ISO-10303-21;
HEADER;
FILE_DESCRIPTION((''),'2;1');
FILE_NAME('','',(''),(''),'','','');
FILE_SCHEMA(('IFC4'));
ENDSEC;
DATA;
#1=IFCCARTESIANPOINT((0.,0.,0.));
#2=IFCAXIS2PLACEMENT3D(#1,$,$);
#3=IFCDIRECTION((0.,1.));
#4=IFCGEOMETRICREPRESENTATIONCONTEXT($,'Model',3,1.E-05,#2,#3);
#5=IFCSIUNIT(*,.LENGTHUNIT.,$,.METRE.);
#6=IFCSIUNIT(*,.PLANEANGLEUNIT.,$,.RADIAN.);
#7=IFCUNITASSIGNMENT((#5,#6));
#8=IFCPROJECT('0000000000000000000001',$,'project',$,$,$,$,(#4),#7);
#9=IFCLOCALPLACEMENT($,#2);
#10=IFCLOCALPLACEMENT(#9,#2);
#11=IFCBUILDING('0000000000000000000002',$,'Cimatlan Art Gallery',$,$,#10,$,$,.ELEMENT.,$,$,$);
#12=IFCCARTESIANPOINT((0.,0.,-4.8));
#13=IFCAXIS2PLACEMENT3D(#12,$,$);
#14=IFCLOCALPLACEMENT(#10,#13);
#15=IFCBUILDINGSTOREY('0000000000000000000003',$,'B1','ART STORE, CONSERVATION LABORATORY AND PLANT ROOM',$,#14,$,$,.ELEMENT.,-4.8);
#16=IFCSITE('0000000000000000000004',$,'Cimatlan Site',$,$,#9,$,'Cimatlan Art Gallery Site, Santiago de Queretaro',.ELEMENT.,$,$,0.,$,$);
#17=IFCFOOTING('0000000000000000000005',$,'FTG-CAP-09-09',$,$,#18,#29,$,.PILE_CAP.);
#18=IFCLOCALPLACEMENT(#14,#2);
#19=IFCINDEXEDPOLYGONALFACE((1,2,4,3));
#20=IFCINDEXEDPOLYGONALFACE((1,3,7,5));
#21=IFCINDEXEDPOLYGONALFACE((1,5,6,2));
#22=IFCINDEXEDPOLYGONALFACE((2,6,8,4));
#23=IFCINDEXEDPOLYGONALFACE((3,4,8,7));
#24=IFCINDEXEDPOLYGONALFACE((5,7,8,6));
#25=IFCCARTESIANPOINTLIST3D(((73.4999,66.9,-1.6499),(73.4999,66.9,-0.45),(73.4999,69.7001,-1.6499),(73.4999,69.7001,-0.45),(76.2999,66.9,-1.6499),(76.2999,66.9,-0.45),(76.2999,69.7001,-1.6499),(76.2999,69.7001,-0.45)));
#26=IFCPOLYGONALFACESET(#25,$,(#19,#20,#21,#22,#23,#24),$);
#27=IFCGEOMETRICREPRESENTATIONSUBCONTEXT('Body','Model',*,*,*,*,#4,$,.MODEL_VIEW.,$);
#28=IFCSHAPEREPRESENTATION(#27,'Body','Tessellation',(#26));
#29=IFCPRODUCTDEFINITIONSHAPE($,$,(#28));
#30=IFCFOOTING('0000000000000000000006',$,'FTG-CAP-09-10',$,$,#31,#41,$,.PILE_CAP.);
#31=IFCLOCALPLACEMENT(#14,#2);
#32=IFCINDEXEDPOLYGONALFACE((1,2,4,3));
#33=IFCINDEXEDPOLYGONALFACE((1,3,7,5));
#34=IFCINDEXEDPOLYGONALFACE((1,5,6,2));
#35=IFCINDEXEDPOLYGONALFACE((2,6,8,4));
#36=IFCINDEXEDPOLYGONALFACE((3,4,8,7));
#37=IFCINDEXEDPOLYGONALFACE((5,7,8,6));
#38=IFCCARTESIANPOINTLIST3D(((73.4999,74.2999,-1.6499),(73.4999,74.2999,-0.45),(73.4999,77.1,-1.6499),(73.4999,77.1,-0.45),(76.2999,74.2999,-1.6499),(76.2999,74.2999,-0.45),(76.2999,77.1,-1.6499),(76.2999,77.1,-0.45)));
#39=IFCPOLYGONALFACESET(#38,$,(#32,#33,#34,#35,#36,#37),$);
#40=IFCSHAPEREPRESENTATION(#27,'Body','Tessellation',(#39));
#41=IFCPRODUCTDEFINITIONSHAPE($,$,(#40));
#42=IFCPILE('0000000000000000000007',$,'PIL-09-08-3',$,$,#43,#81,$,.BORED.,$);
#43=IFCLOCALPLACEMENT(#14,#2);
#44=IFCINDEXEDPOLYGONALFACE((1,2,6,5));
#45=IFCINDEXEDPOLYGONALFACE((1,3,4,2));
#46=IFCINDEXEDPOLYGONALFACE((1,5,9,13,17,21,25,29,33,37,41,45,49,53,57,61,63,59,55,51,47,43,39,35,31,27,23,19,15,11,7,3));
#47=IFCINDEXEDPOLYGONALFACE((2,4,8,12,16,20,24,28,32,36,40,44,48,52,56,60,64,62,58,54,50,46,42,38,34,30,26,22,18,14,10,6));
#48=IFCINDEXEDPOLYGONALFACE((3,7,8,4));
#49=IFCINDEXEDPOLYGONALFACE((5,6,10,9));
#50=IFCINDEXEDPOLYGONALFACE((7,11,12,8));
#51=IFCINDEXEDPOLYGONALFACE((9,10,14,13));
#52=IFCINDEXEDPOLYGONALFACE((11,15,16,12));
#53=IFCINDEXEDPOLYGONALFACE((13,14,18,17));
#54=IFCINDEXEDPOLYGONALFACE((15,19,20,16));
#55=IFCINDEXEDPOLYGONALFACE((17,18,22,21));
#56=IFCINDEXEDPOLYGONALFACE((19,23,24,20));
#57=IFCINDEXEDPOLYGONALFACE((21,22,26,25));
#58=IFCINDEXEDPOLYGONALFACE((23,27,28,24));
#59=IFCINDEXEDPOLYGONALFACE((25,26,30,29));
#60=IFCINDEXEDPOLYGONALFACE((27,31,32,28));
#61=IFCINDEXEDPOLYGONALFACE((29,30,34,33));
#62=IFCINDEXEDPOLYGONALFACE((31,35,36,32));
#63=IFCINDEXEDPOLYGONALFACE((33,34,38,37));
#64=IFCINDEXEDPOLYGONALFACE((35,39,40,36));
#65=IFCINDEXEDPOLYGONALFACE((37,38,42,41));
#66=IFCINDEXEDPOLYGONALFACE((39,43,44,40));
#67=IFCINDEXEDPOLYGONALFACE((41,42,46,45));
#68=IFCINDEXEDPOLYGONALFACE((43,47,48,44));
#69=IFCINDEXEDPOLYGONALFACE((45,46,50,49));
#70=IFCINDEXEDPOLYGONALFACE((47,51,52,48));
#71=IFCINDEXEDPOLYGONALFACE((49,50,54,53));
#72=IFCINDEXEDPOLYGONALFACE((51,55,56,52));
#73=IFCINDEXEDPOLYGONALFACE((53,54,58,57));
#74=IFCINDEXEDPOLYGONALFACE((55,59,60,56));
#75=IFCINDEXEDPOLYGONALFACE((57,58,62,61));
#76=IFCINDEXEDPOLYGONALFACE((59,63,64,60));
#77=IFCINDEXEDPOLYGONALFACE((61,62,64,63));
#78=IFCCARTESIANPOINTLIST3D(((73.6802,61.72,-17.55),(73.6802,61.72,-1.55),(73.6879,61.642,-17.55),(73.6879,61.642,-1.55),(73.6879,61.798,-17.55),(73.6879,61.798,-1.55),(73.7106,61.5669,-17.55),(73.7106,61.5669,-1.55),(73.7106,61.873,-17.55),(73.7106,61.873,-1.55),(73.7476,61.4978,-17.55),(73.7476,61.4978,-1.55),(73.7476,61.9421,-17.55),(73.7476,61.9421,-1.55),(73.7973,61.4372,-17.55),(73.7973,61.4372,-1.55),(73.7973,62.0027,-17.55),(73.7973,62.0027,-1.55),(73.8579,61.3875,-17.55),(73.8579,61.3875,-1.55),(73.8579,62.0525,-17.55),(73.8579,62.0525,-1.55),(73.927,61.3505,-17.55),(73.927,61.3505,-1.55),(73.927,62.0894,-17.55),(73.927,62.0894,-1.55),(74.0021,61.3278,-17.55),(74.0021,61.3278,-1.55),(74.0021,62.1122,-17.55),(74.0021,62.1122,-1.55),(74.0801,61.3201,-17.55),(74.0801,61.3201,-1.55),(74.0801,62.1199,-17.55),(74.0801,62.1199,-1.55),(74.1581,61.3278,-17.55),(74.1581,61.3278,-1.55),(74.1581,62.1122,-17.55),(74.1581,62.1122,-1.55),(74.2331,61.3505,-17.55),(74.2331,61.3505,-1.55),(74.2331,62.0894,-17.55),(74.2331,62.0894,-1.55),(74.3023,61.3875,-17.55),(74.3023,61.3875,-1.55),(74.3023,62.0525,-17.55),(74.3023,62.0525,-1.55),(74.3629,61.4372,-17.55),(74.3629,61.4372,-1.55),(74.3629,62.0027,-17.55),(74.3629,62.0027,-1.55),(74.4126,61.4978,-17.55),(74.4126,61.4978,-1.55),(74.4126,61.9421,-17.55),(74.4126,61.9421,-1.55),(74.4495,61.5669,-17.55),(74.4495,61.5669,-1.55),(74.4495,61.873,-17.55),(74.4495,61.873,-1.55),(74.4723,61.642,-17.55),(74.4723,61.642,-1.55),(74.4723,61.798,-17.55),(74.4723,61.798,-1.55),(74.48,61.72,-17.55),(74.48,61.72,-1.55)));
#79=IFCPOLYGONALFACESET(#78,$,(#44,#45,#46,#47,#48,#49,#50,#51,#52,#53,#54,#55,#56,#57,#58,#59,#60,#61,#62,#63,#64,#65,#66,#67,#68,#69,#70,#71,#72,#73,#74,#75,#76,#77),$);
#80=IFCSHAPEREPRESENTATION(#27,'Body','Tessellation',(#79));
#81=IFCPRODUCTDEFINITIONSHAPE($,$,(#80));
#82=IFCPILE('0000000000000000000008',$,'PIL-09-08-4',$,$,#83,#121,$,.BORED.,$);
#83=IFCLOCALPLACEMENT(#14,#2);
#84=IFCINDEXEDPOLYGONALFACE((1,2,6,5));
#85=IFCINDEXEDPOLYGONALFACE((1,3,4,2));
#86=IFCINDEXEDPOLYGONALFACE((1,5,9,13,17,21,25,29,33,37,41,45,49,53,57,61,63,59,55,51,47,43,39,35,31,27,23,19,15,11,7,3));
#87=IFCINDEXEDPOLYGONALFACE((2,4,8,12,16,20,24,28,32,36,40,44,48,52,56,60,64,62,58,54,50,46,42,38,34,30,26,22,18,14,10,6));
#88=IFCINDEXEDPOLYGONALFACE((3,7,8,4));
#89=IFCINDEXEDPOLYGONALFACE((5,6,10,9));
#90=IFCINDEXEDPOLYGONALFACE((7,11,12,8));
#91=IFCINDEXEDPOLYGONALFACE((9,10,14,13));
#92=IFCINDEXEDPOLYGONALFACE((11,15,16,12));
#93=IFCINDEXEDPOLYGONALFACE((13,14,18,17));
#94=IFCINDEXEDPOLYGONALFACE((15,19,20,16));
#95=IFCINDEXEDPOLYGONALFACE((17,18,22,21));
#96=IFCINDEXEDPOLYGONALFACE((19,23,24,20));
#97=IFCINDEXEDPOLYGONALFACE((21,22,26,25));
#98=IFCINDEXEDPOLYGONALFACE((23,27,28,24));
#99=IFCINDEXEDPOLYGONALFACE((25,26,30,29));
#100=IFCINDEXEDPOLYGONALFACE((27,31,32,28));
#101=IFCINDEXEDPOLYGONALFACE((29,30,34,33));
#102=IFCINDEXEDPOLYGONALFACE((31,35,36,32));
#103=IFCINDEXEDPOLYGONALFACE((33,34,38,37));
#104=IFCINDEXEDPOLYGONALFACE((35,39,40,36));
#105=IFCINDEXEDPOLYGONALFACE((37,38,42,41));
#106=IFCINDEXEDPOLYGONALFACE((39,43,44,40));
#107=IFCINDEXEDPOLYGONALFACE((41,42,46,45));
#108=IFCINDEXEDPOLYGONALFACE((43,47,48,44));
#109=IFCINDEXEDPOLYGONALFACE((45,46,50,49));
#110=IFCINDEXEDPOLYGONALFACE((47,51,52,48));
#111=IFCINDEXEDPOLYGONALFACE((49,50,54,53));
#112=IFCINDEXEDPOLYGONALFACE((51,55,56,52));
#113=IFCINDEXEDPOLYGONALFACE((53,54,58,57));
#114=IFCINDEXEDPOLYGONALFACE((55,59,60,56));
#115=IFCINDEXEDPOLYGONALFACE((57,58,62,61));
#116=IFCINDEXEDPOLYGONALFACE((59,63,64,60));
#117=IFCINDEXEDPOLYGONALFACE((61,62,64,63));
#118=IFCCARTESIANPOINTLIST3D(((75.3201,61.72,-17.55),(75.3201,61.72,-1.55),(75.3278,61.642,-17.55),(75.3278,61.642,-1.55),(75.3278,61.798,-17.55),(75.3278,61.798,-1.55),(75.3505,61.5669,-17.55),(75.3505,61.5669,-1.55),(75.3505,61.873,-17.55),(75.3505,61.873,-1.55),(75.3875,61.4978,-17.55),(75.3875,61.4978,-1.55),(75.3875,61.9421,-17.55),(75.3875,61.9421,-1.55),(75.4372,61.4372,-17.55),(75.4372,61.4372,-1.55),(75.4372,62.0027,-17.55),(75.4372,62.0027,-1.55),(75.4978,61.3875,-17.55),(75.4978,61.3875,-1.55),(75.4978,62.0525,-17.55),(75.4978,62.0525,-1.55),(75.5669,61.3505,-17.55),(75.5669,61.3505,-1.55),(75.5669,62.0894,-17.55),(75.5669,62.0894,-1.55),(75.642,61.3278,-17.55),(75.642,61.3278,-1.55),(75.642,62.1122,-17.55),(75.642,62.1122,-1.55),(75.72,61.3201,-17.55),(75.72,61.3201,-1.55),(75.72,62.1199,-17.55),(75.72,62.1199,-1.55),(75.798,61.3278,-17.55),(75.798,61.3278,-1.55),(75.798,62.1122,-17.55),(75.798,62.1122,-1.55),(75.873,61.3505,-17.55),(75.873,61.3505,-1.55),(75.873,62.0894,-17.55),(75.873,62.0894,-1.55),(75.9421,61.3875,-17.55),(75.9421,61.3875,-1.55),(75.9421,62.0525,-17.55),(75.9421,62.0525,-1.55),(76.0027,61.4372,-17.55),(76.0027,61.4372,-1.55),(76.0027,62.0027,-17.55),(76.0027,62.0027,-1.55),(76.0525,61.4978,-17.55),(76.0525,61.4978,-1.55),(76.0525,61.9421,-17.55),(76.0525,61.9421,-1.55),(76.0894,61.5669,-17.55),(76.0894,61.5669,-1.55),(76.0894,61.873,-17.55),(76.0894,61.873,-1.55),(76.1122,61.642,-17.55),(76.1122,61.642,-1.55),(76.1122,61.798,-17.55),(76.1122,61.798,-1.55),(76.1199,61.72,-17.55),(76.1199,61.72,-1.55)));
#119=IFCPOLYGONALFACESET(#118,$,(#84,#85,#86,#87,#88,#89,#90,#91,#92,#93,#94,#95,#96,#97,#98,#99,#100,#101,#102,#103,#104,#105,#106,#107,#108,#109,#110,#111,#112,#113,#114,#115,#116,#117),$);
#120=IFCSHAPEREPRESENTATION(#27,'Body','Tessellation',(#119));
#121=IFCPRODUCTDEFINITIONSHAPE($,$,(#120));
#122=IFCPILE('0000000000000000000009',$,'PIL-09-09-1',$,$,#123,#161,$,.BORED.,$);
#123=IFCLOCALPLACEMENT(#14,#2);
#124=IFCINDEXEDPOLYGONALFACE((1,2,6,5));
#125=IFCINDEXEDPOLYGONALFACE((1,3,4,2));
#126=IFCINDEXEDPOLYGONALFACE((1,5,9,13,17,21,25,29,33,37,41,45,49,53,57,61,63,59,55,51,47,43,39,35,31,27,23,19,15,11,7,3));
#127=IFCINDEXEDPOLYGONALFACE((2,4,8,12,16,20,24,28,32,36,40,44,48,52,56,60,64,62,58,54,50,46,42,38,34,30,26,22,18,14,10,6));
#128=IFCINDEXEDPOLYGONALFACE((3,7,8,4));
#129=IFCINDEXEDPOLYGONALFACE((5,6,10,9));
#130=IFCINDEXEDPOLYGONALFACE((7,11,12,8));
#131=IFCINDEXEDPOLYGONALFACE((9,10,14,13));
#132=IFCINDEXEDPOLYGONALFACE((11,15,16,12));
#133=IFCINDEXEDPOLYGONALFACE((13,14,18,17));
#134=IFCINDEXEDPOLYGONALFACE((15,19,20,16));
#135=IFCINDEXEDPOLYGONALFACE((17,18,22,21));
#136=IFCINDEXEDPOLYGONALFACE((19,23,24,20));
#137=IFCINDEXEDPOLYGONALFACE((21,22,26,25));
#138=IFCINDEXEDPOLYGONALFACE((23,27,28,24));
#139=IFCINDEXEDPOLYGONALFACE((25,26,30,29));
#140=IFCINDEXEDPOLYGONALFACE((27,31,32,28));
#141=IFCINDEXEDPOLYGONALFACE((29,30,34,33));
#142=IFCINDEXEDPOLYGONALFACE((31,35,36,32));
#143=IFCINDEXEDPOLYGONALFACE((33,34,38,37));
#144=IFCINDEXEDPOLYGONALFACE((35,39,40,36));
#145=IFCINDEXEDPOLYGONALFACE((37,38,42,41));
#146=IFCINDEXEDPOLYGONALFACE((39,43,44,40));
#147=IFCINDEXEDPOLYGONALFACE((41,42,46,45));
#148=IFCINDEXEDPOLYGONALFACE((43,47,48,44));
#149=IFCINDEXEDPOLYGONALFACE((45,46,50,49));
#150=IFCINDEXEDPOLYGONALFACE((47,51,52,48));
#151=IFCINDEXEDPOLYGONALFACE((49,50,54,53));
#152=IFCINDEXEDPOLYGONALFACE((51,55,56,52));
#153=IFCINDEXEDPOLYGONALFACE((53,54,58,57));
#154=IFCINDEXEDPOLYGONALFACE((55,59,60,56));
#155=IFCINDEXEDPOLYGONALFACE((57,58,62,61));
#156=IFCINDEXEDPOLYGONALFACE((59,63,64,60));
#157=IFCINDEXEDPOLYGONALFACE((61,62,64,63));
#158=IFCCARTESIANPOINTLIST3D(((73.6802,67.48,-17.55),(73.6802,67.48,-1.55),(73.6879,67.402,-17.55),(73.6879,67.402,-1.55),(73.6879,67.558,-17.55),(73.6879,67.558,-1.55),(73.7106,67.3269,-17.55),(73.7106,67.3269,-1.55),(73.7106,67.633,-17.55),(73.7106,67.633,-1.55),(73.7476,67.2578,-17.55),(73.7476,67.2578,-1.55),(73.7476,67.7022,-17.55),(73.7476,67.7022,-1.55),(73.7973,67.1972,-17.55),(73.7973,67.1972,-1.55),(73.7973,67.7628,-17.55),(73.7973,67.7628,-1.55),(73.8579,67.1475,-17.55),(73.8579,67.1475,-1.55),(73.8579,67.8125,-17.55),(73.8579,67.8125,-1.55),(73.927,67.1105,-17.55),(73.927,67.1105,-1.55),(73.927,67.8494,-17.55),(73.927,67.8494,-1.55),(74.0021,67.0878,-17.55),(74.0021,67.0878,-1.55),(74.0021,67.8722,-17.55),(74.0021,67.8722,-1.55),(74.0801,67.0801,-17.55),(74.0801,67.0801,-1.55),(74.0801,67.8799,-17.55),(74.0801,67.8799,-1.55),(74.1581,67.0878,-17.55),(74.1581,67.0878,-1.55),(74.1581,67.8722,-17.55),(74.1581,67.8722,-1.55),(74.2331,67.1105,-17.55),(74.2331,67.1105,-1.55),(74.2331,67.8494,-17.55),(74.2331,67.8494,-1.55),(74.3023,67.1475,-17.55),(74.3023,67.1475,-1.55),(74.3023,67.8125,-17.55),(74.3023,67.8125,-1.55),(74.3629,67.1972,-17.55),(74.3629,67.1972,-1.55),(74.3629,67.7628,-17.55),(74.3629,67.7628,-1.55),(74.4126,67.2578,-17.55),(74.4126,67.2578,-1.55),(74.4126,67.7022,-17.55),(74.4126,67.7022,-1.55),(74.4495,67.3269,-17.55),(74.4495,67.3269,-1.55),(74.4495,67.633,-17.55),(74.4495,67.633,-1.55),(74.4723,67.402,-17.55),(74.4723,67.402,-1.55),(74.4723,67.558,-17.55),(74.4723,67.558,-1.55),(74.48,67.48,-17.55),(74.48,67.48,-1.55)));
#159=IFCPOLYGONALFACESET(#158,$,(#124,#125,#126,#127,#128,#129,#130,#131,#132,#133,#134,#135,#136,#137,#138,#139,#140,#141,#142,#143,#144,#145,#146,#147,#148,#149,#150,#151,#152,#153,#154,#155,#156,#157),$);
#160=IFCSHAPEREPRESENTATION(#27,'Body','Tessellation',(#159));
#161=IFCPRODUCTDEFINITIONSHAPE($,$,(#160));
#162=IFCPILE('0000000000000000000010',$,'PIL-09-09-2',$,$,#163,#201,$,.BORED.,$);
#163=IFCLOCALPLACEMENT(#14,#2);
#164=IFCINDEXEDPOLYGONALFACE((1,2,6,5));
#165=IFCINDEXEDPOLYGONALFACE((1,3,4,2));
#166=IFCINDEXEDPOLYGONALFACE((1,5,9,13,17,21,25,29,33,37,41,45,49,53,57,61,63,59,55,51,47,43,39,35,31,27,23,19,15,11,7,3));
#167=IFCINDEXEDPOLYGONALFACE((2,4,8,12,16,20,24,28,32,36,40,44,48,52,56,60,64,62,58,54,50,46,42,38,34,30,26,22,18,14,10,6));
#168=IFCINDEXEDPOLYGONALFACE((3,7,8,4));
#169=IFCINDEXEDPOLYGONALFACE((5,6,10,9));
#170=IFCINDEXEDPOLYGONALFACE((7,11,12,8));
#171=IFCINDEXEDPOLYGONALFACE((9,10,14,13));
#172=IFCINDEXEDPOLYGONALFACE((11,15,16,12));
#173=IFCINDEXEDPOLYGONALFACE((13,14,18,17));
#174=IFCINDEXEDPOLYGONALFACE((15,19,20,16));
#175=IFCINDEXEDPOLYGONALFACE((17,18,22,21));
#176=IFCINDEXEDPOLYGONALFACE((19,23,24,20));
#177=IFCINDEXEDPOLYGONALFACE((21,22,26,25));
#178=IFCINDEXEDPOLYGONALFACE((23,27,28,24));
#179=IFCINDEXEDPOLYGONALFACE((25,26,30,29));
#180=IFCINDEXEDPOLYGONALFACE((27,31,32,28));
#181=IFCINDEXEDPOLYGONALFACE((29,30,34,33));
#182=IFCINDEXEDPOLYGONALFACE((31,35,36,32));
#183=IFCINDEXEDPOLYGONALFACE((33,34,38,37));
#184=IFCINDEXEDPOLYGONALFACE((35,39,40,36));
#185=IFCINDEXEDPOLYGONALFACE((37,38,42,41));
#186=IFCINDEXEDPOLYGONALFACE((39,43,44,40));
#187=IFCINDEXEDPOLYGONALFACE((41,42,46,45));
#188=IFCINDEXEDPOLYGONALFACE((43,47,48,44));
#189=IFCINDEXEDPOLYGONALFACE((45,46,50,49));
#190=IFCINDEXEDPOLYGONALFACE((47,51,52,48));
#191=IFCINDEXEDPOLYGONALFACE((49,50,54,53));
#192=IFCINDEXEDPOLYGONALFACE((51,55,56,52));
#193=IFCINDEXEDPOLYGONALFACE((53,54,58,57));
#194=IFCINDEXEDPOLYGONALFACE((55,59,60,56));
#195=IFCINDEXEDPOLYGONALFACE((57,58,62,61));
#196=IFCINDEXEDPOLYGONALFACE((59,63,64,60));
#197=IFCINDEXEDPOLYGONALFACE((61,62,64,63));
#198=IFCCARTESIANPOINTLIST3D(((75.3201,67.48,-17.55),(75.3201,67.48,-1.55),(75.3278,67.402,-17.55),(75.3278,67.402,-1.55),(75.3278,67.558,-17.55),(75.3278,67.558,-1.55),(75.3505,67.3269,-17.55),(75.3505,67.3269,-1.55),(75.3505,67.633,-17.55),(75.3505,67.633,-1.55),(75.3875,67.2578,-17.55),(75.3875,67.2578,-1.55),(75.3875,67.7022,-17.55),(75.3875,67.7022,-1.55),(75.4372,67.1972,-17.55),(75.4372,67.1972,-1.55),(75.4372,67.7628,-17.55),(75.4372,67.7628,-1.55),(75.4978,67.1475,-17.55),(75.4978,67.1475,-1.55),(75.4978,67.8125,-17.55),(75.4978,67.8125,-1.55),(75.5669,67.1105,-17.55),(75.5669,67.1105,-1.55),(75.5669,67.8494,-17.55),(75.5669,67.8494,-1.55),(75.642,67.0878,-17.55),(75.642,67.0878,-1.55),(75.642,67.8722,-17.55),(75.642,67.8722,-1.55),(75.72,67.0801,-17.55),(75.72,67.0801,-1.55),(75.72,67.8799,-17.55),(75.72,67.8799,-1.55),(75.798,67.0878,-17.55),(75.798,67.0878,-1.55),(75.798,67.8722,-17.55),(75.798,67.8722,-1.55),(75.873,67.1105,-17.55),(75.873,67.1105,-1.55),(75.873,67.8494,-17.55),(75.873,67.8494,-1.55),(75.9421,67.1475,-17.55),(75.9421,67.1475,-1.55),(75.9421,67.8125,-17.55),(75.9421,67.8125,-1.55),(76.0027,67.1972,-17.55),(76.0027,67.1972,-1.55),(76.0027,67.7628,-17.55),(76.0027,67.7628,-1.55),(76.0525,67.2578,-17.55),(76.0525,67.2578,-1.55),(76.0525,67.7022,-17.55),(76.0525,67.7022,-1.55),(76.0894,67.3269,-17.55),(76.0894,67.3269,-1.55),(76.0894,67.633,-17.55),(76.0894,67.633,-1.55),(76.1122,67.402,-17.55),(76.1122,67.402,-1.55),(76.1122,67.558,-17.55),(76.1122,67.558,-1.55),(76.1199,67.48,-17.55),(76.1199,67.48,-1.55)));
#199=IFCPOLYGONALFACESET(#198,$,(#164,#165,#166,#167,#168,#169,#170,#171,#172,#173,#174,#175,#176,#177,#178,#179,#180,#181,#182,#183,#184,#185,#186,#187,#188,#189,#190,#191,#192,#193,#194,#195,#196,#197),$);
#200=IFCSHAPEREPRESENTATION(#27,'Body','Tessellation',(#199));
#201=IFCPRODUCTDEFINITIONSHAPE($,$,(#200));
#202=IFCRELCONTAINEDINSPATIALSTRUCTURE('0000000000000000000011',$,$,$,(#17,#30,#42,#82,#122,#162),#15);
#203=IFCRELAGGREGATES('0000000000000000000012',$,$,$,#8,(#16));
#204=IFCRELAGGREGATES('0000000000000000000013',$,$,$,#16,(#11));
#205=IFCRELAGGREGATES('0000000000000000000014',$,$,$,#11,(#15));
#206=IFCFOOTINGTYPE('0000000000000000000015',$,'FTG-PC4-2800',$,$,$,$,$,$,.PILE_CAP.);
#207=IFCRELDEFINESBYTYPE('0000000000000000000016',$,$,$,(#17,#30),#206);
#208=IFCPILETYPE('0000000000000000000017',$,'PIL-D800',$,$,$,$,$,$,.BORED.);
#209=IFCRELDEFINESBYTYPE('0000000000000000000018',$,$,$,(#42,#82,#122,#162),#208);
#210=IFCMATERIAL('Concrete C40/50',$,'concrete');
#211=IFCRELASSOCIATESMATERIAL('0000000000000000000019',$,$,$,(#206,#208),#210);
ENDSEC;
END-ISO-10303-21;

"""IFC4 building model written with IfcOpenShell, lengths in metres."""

from ifc_helpers import new_model, si_unit, direction, frame, origin, origin_2d, place, context, subcontext, project, spatial, rectangle, circle, extrude, material, type_object, element, save


model = new_model("IFC4")

# Units and contexts
model_context = context("Model", 3, precision=1e-05, world=origin(), true_north=direction((0.0, 1.0)))
body_context = subcontext(model_context, "Body", "Model", "MODEL_VIEW")
ifc_project = project(units=[si_unit("LENGTHUNIT", "METRE"), si_unit("PLANEANGLEUNIT", "RADIAN")], contexts=[model_context])

# Site, building, storey
site_placement = place(None, origin())
site = spatial("IfcSite", under=ifc_project, at=site_placement, Name="Cimatlan Site", LongName="Cimatlan Art Gallery Site, Santiago de Queretaro", CompositionType="ELEMENT", RefElevation=0.0)
building_placement = place(site_placement, origin())
building = spatial("IfcBuilding", under=site, at=building_placement, Name="Cimatlan Art Gallery", CompositionType="ELEMENT")
storey_placement = place(building_placement, frame((0.0, 0.0, -4.8)))
storey = spatial("IfcBuildingStorey", under=building, at=storey_placement, Name="B1", Description="ART STORE, CONSERVATION LABORATORY AND PLANT ROOM", CompositionType="ELEMENT", Elevation=-4.8)

# Footings
ifc_material_1 = material(Name="Concrete C40/50", Category="concrete")
footing_type = type_object("IfcFootingType", Name="FTG-PC4-2800", PredefinedType="PILE_CAP", material=ifc_material_1)
for number, where, z_axis, x_axis, name in (
    (1, (74.8999, 68.3, -1.6499), (0.0, 0.0, 1.0), (1.0, 0.0, 0.0), "FTG-CAP-09-09"),
    (2, (74.8999, 75.7, -1.6499), (0.0, 0.0, 1.0), (1.0, 0.0, 0.0), "FTG-CAP-09-10"),
):
    element("IfcFooting", number, at=place(storey_placement, frame(where, z_axis=z_axis, x_axis=x_axis)), inside=storey, type_object=footing_type, Name=name, PredefinedType="PILE_CAP", context=body_context, shape_type="SweptSolid", body=[
        extrude(rectangle(XDim=2.8, YDim=2.8, at=origin_2d()), origin(), (0.0, 0.0, 1.0), 1.2),
    ])

# Piles
pile_type = type_object("IfcPileType", Name="PIL-D800", PredefinedType="BORED", material=ifc_material_1)
for number, where, z_axis, x_axis, name in (
    (3, (74.0801, 61.72, -1.55), (0.0, 0.0, -1.0), (1.0, 0.0, 0.0), "PIL-09-08-3"),
    (4, (75.72, 61.72, -1.55), (0.0, 0.0, -1.0), (1.0, 0.0, 0.0), "PIL-09-08-4"),
    (5, (74.0801, 67.48, -1.55), (0.0, 0.0, -1.0), (1.0, 0.0, 0.0), "PIL-09-09-1"),
    (6, (75.72, 67.48, -1.55), (0.0, 0.0, -1.0), (1.0, 0.0, 0.0), "PIL-09-09-2"),
):
    element("IfcPile", number, at=place(storey_placement, frame(where, z_axis=z_axis, x_axis=x_axis)), inside=storey, type_object=pile_type, Name=name, PredefinedType="BORED", context=body_context, shape_type="SweptSolid", body=[
        extrude(circle(Radius=0.3999, at=origin_2d()), origin(), (0.0, 0.0, 1.0), 16.0),
    ])

save(model, "model.ifc")
